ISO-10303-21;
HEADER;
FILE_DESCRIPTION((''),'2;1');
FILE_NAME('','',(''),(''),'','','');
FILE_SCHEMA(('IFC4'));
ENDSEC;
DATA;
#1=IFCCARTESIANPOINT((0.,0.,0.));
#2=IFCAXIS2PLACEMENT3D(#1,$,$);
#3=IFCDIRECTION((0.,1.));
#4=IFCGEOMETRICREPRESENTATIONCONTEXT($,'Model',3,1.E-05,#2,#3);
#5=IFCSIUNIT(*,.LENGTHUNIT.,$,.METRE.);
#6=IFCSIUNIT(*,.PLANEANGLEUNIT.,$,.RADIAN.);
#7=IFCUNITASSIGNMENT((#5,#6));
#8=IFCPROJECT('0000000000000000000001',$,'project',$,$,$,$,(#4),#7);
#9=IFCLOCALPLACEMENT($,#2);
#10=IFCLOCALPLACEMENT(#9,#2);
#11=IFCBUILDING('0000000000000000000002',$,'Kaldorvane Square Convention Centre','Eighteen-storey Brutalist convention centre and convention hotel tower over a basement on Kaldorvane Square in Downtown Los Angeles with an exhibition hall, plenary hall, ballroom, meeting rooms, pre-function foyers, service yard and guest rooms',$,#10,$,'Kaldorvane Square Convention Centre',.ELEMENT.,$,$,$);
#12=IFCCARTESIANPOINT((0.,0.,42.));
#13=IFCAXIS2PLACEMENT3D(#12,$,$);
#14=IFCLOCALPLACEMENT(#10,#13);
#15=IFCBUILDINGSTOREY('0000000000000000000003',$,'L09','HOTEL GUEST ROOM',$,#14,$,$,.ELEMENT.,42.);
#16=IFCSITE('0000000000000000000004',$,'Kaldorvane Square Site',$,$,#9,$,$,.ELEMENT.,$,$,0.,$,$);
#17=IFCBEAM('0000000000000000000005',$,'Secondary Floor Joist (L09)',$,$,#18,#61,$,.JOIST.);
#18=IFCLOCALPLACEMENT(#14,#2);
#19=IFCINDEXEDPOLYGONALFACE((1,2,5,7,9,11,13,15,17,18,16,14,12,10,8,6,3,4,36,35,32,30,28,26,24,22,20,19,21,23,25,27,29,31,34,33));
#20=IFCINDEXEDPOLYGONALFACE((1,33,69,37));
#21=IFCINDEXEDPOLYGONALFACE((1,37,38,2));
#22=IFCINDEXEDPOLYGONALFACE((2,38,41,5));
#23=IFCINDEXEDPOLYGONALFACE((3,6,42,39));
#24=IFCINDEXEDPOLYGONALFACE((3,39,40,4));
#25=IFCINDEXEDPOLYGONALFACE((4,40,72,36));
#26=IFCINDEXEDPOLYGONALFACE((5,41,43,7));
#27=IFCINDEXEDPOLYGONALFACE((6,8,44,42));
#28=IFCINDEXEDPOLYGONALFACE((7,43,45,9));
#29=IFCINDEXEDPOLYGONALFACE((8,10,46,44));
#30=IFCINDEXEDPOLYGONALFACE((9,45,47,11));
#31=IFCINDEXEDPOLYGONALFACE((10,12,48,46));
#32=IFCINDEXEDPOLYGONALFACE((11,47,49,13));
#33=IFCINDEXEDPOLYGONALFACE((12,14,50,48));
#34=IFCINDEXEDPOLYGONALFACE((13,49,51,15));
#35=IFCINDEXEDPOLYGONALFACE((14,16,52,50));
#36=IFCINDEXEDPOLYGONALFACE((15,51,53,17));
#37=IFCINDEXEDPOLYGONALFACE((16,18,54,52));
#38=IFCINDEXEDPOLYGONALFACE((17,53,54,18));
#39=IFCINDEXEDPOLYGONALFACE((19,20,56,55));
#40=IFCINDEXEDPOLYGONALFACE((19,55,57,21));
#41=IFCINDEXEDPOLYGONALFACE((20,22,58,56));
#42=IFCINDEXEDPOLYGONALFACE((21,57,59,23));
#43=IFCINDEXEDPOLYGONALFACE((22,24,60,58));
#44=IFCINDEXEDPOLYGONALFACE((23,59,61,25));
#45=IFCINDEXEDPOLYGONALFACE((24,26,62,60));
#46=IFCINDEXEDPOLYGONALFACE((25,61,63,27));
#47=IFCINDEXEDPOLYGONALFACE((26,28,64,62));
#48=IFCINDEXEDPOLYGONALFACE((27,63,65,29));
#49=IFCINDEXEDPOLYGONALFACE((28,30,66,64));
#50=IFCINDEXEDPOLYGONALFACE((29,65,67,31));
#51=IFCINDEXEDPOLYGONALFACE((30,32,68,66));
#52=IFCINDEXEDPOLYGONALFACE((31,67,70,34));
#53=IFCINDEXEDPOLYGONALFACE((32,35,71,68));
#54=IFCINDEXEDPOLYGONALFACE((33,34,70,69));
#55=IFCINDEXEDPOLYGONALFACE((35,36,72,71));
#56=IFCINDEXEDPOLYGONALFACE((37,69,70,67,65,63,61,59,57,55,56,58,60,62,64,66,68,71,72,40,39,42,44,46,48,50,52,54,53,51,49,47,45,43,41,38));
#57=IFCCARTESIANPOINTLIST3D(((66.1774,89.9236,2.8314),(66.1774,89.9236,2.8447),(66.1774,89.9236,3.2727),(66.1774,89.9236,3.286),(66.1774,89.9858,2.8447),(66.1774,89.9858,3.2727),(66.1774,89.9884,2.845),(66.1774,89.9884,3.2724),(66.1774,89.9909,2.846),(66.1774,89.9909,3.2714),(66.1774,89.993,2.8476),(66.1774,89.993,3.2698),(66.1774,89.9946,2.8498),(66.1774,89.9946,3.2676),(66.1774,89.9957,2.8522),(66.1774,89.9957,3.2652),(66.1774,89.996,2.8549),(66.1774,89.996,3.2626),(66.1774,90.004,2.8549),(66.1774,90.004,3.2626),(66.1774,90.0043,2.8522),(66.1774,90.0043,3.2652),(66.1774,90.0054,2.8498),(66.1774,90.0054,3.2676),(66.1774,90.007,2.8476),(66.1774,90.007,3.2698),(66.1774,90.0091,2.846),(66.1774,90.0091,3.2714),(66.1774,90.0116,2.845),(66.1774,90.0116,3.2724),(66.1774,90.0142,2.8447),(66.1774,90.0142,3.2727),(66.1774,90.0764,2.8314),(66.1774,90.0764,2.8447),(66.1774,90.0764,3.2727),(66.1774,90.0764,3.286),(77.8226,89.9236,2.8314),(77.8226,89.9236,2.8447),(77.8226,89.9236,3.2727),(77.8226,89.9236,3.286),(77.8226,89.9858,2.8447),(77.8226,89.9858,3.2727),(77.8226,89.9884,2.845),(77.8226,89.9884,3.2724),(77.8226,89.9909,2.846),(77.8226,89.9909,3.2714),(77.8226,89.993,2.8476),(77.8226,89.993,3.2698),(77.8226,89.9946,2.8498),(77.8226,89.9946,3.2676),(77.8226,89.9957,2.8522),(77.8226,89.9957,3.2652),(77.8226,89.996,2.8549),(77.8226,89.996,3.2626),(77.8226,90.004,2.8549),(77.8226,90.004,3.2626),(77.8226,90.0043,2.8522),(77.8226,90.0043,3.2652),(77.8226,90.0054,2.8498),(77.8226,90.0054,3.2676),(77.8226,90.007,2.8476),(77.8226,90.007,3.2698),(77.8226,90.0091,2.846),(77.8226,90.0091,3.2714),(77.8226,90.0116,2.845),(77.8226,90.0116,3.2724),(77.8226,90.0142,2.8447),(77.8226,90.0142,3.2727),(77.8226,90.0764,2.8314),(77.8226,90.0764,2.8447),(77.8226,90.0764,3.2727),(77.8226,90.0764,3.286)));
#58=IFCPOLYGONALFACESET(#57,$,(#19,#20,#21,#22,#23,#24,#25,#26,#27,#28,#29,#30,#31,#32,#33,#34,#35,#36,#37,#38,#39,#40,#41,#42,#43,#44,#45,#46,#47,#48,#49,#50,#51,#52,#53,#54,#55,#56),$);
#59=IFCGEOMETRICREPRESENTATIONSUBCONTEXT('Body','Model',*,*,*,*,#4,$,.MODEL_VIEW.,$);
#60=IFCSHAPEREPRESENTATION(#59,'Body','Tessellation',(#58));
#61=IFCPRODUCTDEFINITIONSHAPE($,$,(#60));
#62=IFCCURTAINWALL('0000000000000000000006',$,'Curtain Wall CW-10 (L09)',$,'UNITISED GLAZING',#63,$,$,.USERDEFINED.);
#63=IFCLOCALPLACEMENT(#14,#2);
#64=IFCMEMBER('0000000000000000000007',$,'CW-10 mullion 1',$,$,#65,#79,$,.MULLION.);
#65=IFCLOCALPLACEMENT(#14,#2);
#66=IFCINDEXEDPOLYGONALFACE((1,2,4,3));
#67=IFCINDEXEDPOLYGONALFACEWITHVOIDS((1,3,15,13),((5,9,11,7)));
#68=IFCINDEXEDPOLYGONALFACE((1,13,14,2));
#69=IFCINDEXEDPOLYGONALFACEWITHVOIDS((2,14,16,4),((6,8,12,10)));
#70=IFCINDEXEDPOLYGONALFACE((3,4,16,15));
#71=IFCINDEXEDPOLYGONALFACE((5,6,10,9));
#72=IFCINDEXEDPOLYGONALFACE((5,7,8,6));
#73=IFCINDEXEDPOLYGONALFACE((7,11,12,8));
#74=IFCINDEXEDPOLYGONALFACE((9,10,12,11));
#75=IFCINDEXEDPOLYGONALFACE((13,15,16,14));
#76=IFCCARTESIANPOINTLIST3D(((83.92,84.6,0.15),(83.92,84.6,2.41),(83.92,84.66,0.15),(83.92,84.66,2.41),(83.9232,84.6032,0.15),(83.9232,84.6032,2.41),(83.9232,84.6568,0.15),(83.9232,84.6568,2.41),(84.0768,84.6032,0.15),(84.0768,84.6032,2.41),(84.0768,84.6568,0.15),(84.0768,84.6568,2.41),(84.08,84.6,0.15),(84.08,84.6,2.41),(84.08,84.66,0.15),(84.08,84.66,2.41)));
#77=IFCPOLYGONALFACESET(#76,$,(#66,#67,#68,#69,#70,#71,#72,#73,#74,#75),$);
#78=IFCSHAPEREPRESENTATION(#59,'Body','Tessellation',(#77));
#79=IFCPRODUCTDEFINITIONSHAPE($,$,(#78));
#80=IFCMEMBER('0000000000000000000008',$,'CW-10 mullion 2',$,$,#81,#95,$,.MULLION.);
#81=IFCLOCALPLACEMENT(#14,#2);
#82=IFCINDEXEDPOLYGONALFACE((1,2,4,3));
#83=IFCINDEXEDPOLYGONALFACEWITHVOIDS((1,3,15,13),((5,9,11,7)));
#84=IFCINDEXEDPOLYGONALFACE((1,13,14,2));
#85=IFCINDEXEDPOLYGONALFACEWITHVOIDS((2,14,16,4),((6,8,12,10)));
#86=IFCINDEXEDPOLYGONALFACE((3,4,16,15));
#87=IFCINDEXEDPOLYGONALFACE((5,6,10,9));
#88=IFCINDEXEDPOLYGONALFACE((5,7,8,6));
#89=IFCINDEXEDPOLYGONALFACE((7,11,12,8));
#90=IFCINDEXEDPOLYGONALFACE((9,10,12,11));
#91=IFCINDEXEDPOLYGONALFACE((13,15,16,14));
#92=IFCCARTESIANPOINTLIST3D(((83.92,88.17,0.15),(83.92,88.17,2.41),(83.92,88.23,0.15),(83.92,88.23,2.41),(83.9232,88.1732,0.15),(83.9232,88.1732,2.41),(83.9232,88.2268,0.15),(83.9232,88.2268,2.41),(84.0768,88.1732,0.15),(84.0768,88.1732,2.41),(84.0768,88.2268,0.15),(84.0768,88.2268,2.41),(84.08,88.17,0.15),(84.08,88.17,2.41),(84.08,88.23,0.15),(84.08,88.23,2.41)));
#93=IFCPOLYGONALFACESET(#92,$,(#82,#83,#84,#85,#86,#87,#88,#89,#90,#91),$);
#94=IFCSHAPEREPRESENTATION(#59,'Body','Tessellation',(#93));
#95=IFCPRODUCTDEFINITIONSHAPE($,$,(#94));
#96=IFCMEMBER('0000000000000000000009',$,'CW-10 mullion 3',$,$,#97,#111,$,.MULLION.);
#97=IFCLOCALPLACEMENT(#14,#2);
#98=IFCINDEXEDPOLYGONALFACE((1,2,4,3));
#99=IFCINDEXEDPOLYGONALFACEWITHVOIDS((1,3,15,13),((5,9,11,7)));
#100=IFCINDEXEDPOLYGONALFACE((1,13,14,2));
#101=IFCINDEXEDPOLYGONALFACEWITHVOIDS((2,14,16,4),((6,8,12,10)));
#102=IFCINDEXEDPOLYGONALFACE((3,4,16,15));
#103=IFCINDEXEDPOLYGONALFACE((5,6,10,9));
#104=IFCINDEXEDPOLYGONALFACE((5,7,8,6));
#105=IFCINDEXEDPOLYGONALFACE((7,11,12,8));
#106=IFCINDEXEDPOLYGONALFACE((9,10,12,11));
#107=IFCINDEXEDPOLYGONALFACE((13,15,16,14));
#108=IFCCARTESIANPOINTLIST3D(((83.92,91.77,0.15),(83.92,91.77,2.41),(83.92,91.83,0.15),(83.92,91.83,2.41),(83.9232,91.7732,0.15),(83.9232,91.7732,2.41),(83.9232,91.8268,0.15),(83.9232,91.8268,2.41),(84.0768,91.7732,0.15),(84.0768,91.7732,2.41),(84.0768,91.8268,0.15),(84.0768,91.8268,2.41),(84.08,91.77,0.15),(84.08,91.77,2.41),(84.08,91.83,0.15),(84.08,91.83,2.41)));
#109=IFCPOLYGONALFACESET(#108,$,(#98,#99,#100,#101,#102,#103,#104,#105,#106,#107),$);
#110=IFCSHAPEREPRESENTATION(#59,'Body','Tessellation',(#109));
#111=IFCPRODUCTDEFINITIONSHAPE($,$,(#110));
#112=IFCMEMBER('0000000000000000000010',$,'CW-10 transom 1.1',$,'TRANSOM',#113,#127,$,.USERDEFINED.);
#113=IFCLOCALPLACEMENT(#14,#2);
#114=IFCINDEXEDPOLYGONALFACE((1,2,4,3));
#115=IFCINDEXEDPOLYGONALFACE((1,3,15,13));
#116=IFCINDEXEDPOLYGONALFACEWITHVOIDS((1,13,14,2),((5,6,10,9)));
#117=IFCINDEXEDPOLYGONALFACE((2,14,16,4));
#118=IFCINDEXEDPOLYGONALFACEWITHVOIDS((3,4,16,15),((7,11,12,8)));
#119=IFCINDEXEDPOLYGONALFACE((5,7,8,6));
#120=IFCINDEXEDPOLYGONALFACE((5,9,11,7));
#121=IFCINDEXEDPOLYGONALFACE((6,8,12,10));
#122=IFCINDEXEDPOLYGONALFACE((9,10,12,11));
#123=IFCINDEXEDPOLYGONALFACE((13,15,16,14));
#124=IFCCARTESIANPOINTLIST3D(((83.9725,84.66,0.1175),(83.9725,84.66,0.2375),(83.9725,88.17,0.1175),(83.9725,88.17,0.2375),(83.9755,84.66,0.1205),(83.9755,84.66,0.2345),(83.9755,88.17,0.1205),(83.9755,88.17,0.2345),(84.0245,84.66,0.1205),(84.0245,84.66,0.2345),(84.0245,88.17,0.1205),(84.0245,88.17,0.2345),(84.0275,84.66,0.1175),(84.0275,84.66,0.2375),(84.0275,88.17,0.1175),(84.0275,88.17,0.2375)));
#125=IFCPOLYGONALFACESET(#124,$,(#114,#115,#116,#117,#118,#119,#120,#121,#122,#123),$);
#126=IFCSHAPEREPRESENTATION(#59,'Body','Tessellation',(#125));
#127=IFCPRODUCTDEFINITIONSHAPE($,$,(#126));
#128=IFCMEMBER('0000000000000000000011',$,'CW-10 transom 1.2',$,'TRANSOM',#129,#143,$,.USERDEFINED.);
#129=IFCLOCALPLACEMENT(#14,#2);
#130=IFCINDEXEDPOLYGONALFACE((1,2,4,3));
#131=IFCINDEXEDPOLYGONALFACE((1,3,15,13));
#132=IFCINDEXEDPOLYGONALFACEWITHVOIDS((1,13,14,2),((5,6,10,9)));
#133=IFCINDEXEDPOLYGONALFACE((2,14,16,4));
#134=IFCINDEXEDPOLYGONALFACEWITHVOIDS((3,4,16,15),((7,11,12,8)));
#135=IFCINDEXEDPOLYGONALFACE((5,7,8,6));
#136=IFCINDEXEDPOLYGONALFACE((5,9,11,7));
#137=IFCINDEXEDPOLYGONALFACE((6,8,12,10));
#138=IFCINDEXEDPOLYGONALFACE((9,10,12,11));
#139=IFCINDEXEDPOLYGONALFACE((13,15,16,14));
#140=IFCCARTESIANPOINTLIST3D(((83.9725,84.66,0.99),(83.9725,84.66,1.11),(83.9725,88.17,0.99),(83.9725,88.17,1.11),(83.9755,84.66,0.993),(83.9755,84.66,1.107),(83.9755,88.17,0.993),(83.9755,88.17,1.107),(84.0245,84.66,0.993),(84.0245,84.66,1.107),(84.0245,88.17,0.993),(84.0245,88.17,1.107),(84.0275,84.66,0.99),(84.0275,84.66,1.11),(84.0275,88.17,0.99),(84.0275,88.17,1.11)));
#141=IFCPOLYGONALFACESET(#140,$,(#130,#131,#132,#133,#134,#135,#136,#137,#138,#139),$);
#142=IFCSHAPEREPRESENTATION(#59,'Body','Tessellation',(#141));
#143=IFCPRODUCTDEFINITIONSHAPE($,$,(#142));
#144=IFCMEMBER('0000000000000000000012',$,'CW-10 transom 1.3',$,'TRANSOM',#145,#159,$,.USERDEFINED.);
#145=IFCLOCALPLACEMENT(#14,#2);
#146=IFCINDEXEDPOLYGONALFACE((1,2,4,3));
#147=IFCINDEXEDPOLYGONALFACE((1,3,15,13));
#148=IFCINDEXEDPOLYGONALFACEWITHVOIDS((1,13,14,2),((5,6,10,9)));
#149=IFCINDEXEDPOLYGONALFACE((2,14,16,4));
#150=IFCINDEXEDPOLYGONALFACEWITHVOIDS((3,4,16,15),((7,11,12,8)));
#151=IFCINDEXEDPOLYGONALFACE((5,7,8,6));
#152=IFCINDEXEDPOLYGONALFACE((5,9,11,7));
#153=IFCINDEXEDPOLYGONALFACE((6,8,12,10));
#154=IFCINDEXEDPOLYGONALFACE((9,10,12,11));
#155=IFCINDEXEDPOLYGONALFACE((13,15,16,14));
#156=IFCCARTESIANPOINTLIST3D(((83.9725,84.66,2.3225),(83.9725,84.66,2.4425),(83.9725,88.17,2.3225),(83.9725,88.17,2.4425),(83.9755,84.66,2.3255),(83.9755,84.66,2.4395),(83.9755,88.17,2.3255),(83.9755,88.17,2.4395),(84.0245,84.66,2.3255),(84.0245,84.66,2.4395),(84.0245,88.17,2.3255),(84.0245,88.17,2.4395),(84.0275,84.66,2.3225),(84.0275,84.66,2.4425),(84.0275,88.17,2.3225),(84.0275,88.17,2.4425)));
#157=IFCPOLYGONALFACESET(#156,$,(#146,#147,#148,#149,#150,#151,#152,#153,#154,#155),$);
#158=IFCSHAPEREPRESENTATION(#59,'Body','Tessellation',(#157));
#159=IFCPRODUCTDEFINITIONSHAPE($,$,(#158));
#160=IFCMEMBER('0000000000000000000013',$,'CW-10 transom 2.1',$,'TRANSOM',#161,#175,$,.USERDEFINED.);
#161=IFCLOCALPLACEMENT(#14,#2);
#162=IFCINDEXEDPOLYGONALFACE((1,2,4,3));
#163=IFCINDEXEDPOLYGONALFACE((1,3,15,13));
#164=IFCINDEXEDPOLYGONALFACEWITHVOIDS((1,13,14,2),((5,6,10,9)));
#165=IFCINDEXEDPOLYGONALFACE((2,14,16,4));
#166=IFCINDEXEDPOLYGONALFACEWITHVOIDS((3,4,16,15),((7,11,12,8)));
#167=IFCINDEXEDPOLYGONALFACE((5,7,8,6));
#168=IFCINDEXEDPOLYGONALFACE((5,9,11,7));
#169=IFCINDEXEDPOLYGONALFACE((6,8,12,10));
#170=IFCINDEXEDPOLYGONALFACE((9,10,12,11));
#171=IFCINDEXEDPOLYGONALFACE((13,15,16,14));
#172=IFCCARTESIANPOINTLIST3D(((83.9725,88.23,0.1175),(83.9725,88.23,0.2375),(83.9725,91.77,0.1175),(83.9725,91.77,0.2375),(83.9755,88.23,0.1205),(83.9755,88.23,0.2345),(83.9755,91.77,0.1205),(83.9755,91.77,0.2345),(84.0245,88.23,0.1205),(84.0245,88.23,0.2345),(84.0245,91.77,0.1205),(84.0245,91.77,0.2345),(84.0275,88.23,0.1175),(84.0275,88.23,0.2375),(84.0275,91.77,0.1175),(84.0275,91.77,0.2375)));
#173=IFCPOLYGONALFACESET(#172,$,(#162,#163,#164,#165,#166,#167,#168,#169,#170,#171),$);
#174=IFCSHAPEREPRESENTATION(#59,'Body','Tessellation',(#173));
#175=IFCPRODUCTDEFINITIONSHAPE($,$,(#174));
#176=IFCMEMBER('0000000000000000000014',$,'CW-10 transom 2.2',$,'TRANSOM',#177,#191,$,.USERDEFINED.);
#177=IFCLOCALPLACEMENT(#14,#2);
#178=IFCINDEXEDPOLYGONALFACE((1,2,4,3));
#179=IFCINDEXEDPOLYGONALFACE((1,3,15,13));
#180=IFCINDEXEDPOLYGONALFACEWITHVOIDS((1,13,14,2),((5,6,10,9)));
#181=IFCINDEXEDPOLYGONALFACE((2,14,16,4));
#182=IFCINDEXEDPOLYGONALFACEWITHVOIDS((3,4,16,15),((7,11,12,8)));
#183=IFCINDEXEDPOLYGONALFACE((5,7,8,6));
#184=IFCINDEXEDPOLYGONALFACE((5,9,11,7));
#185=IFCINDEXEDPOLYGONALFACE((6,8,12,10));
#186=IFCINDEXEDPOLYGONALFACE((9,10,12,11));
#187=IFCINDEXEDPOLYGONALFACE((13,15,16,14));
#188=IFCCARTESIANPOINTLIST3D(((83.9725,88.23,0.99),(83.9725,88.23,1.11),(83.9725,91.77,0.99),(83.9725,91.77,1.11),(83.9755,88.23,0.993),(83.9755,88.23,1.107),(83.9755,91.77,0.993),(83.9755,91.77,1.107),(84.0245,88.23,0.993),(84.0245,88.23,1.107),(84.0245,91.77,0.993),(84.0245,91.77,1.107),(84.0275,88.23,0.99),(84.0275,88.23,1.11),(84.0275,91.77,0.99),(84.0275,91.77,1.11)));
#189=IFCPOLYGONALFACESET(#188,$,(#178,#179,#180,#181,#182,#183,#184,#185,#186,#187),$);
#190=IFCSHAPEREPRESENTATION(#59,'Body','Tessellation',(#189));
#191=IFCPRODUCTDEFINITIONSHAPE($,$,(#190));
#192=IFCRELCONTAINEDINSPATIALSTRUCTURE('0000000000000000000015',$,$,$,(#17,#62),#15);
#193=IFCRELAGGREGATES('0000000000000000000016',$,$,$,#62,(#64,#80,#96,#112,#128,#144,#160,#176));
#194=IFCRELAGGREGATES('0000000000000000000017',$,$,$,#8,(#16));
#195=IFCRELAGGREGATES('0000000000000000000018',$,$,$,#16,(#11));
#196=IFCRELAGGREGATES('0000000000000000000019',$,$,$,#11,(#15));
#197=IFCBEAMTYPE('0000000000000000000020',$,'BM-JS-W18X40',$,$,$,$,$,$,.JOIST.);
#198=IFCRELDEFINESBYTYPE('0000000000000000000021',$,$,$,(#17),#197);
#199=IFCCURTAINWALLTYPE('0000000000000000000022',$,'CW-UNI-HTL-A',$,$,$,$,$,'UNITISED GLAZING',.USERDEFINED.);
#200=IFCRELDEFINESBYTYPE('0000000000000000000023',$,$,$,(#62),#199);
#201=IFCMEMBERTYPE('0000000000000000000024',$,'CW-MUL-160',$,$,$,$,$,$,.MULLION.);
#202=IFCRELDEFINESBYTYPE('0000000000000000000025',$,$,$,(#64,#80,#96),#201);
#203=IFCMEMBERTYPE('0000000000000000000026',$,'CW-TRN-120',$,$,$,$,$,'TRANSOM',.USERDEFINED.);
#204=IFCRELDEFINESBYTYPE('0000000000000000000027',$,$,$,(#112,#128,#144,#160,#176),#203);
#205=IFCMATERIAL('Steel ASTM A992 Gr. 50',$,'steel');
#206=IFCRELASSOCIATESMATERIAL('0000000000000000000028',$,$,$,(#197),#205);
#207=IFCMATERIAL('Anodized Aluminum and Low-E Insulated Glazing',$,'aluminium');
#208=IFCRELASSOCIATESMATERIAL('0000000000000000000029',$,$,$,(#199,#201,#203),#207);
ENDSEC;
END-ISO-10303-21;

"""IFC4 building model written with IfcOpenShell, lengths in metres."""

from ifc_helpers import new_model, si_unit, direction, frame, origin, origin_2d, place, context, subcontext, project, spatial, hollow_rectangle, i_section, extrude, material, material_profile, profile_set, type_object, element, aggregate, save


model = new_model("IFC4")

# Units and contexts
model_context = context("Model", 3, precision=1e-05, world=origin(), true_north=direction((0.0, 1.0)))
body_context = subcontext(model_context, "Body", "Model", "MODEL_VIEW")
ifc_project = project(units=[si_unit("LENGTHUNIT", "METRE"), si_unit("PLANEANGLEUNIT", "RADIAN")], contexts=[model_context])

# Site, building, storey
site_placement = place(None, origin())
site = spatial("IfcSite", under=ifc_project, at=site_placement, Name="Kaldorvane Square Site", CompositionType="ELEMENT", RefElevation=0.0)
building_placement = place(site_placement, origin())
building = spatial("IfcBuilding", under=site, at=building_placement, Name="Kaldorvane Square Convention Centre", Description="Eighteen-storey Brutalist convention centre and convention hotel tower over a basement on Kaldorvane Square in Downtown Los Angeles with an exhibition hall, plenary hall, ballroom, meeting rooms, pre-function foyers, service yard and guest rooms", LongName="Kaldorvane Square Convention Centre", CompositionType="ELEMENT")
storey_placement = place(building_placement, frame((0.0, 0.0, 42.0)))
storey = spatial("IfcBuildingStorey", under=building, at=storey_placement, Name="L09", Description="HOTEL GUEST ROOM", CompositionType="ELEMENT", Elevation=42.0)

# Beam
ifc_material_1 = material(Name="Steel ASTM A992 Gr. 50", Category="steel")
ifc_material_profile_1 = material_profile(ifc_material_1, i_section(OverallWidth=0.1528, OverallDepth=0.4547, WebThickness=0.008, FlangeThickness=0.0133, FilletRadius=0.0102, at=origin_2d()), Name="W18X40")
ifc_profile_set_1 = profile_set([ifc_material_profile_1], Name="Steel ASTM A992 Gr. 50")
beam_type = type_object("IfcBeamType", Name="BM-JS-W18X40", PredefinedType="JOIST", material=ifc_profile_set_1)
beam_placement = place(storey_placement, frame((66.1774, 90.0, 3.0587), z_axis=(1.0, 0.0, 0.0), x_axis=(0.0, 1.0, 0.0)))
element("IfcBeam", 1, at=beam_placement, inside=storey, type_object=beam_type, Name="Secondary Floor Joist (L09)", PredefinedType="JOIST", context=body_context, shape_type="SweptSolid", body=[
    extrude(i_section(OverallWidth=0.1528, OverallDepth=0.4547, WebThickness=0.008, FlangeThickness=0.0133, FilletRadius=0.0102, at=origin_2d()), origin(), (0.0, 0.0, 1.0), 11.6452),
])

# Curtain wall, members
ifc_material_2 = material(Name="Anodized Aluminum and Low-E Insulated Glazing", Category="aluminium")
curtain_wall_type = type_object("IfcCurtainWallType", Name="CW-UNI-HTL-A", ElementType="UNITISED GLAZING", PredefinedType="USERDEFINED", material=ifc_material_2)
curtain_wall_placement = place(storey_placement, origin())
curtain_wall = element("IfcCurtainWall", 2, at=curtain_wall_placement, inside=storey, type_object=curtain_wall_type, Name="Curtain Wall CW-10 (L09)", ObjectType="UNITISED GLAZING", PredefinedType="USERDEFINED")
ifc_material_profile_2 = material_profile(ifc_material_2, hollow_rectangle(XDim=0.06, YDim=0.16, WallThickness=0.0032, at=origin_2d()), Name="CWM-160X60")
ifc_profile_set_2 = profile_set([ifc_material_profile_2], Name="Anodized Aluminum and Low-E Insulated Glazing")
member_type_1 = type_object("IfcMemberType", Name="CW-MUL-160", PredefinedType="MULLION", material=ifc_profile_set_2)
member_1_placement = place(storey_placement, frame((84.0, 84.63, 0.15), z_axis=(0.0, 0.0, 1.0), x_axis=(0.0, 1.0, 0.0)))
member_1 = element("IfcMember", 3, at=member_1_placement, type_object=member_type_1, Name="CW-10 mullion 1", PredefinedType="MULLION", context=body_context, shape_type="SweptSolid", body=[
    extrude(hollow_rectangle(XDim=0.06, YDim=0.16, WallThickness=0.0032, at=origin_2d()), origin(), (0.0, 0.0, 1.0), 2.26),
])
member_2_placement = place(storey_placement, frame((84.0, 88.2, 0.15), z_axis=(0.0, 0.0, 1.0), x_axis=(0.0, 1.0, 0.0)))
member_2 = element("IfcMember", 4, at=member_2_placement, type_object=member_type_1, Name="CW-10 mullion 2", PredefinedType="MULLION", context=body_context, shape_type="SweptSolid", body=[
    extrude(hollow_rectangle(XDim=0.06, YDim=0.16, WallThickness=0.0032, at=origin_2d()), origin(), (0.0, 0.0, 1.0), 2.26),
])
member_3_placement = place(storey_placement, frame((84.0, 91.8, 0.15), z_axis=(0.0, 0.0, 1.0), x_axis=(0.0, 1.0, 0.0)))
member_3 = element("IfcMember", 5, at=member_3_placement, type_object=member_type_1, Name="CW-10 mullion 3", PredefinedType="MULLION", context=body_context, shape_type="SweptSolid", body=[
    extrude(hollow_rectangle(XDim=0.06, YDim=0.16, WallThickness=0.0032, at=origin_2d()), origin(), (0.0, 0.0, 1.0), 2.26),
])
ifc_material_profile_3 = material_profile(ifc_material_2, hollow_rectangle(XDim=0.055, YDim=0.12, WallThickness=0.003, at=origin_2d()), Name="CWT-120X55")
ifc_profile_set_3 = profile_set([ifc_material_profile_3], Name="Anodized Aluminum and Low-E Insulated Glazing")
member_type_2 = type_object("IfcMemberType", Name="CW-TRN-120", ElementType="TRANSOM", PredefinedType="USERDEFINED", material=ifc_profile_set_3)
member_4_placement = place(storey_placement, frame((84.0, 84.66, 0.1775), z_axis=(0.0, 1.0, 0.0), x_axis=(-1.0, 0.0, 0.0)))
member_4 = element("IfcMember", 6, at=member_4_placement, type_object=member_type_2, Name="CW-10 transom 1.1", ObjectType="TRANSOM", PredefinedType="USERDEFINED", context=body_context, shape_type="SweptSolid", body=[
    extrude(hollow_rectangle(XDim=0.055, YDim=0.12, WallThickness=0.003, at=origin_2d()), origin(), (0.0, 0.0, 1.0), 3.51),
])
member_5_placement = place(storey_placement, frame((84.0, 84.66, 1.05), z_axis=(0.0, 1.0, 0.0), x_axis=(-1.0, 0.0, 0.0)))
member_5 = element("IfcMember", 7, at=member_5_placement, type_object=member_type_2, Name="CW-10 transom 1.2", ObjectType="TRANSOM", PredefinedType="USERDEFINED", context=body_context, shape_type="SweptSolid", body=[
    extrude(hollow_rectangle(XDim=0.055, YDim=0.12, WallThickness=0.003, at=origin_2d()), origin(), (0.0, 0.0, 1.0), 3.51),
])
member_6_placement = place(storey_placement, frame((84.0, 84.66, 2.3825), z_axis=(0.0, 1.0, 0.0), x_axis=(-1.0, 0.0, 0.0)))
member_6 = element("IfcMember", 8, at=member_6_placement, type_object=member_type_2, Name="CW-10 transom 1.3", ObjectType="TRANSOM", PredefinedType="USERDEFINED", context=body_context, shape_type="SweptSolid", body=[
    extrude(hollow_rectangle(XDim=0.055, YDim=0.12, WallThickness=0.003, at=origin_2d()), origin(), (0.0, 0.0, 1.0), 3.51),
])
member_7_placement = place(storey_placement, frame((84.0, 88.23, 0.1775), z_axis=(0.0, 1.0, 0.0), x_axis=(-1.0, 0.0, 0.0)))
member_7 = element("IfcMember", 9, at=member_7_placement, type_object=member_type_2, Name="CW-10 transom 2.1", ObjectType="TRANSOM", PredefinedType="USERDEFINED", context=body_context, shape_type="SweptSolid", body=[
    extrude(hollow_rectangle(XDim=0.055, YDim=0.12, WallThickness=0.003, at=origin_2d()), origin(), (0.0, 0.0, 1.0), 3.54),
])
member_8_placement = place(storey_placement, frame((84.0, 88.23, 1.05), z_axis=(0.0, 1.0, 0.0), x_axis=(-1.0, 0.0, 0.0)))
member_8 = element("IfcMember", 10, at=member_8_placement, type_object=member_type_2, Name="CW-10 transom 2.2", ObjectType="TRANSOM", PredefinedType="USERDEFINED", context=body_context, shape_type="SweptSolid", body=[
    extrude(hollow_rectangle(XDim=0.055, YDim=0.12, WallThickness=0.003, at=origin_2d()), origin(), (0.0, 0.0, 1.0), 3.54),
])
aggregate(curtain_wall, [member_1, member_2, member_3, member_4, member_5, member_6, member_7, member_8])

save(model, "model.ifc")
